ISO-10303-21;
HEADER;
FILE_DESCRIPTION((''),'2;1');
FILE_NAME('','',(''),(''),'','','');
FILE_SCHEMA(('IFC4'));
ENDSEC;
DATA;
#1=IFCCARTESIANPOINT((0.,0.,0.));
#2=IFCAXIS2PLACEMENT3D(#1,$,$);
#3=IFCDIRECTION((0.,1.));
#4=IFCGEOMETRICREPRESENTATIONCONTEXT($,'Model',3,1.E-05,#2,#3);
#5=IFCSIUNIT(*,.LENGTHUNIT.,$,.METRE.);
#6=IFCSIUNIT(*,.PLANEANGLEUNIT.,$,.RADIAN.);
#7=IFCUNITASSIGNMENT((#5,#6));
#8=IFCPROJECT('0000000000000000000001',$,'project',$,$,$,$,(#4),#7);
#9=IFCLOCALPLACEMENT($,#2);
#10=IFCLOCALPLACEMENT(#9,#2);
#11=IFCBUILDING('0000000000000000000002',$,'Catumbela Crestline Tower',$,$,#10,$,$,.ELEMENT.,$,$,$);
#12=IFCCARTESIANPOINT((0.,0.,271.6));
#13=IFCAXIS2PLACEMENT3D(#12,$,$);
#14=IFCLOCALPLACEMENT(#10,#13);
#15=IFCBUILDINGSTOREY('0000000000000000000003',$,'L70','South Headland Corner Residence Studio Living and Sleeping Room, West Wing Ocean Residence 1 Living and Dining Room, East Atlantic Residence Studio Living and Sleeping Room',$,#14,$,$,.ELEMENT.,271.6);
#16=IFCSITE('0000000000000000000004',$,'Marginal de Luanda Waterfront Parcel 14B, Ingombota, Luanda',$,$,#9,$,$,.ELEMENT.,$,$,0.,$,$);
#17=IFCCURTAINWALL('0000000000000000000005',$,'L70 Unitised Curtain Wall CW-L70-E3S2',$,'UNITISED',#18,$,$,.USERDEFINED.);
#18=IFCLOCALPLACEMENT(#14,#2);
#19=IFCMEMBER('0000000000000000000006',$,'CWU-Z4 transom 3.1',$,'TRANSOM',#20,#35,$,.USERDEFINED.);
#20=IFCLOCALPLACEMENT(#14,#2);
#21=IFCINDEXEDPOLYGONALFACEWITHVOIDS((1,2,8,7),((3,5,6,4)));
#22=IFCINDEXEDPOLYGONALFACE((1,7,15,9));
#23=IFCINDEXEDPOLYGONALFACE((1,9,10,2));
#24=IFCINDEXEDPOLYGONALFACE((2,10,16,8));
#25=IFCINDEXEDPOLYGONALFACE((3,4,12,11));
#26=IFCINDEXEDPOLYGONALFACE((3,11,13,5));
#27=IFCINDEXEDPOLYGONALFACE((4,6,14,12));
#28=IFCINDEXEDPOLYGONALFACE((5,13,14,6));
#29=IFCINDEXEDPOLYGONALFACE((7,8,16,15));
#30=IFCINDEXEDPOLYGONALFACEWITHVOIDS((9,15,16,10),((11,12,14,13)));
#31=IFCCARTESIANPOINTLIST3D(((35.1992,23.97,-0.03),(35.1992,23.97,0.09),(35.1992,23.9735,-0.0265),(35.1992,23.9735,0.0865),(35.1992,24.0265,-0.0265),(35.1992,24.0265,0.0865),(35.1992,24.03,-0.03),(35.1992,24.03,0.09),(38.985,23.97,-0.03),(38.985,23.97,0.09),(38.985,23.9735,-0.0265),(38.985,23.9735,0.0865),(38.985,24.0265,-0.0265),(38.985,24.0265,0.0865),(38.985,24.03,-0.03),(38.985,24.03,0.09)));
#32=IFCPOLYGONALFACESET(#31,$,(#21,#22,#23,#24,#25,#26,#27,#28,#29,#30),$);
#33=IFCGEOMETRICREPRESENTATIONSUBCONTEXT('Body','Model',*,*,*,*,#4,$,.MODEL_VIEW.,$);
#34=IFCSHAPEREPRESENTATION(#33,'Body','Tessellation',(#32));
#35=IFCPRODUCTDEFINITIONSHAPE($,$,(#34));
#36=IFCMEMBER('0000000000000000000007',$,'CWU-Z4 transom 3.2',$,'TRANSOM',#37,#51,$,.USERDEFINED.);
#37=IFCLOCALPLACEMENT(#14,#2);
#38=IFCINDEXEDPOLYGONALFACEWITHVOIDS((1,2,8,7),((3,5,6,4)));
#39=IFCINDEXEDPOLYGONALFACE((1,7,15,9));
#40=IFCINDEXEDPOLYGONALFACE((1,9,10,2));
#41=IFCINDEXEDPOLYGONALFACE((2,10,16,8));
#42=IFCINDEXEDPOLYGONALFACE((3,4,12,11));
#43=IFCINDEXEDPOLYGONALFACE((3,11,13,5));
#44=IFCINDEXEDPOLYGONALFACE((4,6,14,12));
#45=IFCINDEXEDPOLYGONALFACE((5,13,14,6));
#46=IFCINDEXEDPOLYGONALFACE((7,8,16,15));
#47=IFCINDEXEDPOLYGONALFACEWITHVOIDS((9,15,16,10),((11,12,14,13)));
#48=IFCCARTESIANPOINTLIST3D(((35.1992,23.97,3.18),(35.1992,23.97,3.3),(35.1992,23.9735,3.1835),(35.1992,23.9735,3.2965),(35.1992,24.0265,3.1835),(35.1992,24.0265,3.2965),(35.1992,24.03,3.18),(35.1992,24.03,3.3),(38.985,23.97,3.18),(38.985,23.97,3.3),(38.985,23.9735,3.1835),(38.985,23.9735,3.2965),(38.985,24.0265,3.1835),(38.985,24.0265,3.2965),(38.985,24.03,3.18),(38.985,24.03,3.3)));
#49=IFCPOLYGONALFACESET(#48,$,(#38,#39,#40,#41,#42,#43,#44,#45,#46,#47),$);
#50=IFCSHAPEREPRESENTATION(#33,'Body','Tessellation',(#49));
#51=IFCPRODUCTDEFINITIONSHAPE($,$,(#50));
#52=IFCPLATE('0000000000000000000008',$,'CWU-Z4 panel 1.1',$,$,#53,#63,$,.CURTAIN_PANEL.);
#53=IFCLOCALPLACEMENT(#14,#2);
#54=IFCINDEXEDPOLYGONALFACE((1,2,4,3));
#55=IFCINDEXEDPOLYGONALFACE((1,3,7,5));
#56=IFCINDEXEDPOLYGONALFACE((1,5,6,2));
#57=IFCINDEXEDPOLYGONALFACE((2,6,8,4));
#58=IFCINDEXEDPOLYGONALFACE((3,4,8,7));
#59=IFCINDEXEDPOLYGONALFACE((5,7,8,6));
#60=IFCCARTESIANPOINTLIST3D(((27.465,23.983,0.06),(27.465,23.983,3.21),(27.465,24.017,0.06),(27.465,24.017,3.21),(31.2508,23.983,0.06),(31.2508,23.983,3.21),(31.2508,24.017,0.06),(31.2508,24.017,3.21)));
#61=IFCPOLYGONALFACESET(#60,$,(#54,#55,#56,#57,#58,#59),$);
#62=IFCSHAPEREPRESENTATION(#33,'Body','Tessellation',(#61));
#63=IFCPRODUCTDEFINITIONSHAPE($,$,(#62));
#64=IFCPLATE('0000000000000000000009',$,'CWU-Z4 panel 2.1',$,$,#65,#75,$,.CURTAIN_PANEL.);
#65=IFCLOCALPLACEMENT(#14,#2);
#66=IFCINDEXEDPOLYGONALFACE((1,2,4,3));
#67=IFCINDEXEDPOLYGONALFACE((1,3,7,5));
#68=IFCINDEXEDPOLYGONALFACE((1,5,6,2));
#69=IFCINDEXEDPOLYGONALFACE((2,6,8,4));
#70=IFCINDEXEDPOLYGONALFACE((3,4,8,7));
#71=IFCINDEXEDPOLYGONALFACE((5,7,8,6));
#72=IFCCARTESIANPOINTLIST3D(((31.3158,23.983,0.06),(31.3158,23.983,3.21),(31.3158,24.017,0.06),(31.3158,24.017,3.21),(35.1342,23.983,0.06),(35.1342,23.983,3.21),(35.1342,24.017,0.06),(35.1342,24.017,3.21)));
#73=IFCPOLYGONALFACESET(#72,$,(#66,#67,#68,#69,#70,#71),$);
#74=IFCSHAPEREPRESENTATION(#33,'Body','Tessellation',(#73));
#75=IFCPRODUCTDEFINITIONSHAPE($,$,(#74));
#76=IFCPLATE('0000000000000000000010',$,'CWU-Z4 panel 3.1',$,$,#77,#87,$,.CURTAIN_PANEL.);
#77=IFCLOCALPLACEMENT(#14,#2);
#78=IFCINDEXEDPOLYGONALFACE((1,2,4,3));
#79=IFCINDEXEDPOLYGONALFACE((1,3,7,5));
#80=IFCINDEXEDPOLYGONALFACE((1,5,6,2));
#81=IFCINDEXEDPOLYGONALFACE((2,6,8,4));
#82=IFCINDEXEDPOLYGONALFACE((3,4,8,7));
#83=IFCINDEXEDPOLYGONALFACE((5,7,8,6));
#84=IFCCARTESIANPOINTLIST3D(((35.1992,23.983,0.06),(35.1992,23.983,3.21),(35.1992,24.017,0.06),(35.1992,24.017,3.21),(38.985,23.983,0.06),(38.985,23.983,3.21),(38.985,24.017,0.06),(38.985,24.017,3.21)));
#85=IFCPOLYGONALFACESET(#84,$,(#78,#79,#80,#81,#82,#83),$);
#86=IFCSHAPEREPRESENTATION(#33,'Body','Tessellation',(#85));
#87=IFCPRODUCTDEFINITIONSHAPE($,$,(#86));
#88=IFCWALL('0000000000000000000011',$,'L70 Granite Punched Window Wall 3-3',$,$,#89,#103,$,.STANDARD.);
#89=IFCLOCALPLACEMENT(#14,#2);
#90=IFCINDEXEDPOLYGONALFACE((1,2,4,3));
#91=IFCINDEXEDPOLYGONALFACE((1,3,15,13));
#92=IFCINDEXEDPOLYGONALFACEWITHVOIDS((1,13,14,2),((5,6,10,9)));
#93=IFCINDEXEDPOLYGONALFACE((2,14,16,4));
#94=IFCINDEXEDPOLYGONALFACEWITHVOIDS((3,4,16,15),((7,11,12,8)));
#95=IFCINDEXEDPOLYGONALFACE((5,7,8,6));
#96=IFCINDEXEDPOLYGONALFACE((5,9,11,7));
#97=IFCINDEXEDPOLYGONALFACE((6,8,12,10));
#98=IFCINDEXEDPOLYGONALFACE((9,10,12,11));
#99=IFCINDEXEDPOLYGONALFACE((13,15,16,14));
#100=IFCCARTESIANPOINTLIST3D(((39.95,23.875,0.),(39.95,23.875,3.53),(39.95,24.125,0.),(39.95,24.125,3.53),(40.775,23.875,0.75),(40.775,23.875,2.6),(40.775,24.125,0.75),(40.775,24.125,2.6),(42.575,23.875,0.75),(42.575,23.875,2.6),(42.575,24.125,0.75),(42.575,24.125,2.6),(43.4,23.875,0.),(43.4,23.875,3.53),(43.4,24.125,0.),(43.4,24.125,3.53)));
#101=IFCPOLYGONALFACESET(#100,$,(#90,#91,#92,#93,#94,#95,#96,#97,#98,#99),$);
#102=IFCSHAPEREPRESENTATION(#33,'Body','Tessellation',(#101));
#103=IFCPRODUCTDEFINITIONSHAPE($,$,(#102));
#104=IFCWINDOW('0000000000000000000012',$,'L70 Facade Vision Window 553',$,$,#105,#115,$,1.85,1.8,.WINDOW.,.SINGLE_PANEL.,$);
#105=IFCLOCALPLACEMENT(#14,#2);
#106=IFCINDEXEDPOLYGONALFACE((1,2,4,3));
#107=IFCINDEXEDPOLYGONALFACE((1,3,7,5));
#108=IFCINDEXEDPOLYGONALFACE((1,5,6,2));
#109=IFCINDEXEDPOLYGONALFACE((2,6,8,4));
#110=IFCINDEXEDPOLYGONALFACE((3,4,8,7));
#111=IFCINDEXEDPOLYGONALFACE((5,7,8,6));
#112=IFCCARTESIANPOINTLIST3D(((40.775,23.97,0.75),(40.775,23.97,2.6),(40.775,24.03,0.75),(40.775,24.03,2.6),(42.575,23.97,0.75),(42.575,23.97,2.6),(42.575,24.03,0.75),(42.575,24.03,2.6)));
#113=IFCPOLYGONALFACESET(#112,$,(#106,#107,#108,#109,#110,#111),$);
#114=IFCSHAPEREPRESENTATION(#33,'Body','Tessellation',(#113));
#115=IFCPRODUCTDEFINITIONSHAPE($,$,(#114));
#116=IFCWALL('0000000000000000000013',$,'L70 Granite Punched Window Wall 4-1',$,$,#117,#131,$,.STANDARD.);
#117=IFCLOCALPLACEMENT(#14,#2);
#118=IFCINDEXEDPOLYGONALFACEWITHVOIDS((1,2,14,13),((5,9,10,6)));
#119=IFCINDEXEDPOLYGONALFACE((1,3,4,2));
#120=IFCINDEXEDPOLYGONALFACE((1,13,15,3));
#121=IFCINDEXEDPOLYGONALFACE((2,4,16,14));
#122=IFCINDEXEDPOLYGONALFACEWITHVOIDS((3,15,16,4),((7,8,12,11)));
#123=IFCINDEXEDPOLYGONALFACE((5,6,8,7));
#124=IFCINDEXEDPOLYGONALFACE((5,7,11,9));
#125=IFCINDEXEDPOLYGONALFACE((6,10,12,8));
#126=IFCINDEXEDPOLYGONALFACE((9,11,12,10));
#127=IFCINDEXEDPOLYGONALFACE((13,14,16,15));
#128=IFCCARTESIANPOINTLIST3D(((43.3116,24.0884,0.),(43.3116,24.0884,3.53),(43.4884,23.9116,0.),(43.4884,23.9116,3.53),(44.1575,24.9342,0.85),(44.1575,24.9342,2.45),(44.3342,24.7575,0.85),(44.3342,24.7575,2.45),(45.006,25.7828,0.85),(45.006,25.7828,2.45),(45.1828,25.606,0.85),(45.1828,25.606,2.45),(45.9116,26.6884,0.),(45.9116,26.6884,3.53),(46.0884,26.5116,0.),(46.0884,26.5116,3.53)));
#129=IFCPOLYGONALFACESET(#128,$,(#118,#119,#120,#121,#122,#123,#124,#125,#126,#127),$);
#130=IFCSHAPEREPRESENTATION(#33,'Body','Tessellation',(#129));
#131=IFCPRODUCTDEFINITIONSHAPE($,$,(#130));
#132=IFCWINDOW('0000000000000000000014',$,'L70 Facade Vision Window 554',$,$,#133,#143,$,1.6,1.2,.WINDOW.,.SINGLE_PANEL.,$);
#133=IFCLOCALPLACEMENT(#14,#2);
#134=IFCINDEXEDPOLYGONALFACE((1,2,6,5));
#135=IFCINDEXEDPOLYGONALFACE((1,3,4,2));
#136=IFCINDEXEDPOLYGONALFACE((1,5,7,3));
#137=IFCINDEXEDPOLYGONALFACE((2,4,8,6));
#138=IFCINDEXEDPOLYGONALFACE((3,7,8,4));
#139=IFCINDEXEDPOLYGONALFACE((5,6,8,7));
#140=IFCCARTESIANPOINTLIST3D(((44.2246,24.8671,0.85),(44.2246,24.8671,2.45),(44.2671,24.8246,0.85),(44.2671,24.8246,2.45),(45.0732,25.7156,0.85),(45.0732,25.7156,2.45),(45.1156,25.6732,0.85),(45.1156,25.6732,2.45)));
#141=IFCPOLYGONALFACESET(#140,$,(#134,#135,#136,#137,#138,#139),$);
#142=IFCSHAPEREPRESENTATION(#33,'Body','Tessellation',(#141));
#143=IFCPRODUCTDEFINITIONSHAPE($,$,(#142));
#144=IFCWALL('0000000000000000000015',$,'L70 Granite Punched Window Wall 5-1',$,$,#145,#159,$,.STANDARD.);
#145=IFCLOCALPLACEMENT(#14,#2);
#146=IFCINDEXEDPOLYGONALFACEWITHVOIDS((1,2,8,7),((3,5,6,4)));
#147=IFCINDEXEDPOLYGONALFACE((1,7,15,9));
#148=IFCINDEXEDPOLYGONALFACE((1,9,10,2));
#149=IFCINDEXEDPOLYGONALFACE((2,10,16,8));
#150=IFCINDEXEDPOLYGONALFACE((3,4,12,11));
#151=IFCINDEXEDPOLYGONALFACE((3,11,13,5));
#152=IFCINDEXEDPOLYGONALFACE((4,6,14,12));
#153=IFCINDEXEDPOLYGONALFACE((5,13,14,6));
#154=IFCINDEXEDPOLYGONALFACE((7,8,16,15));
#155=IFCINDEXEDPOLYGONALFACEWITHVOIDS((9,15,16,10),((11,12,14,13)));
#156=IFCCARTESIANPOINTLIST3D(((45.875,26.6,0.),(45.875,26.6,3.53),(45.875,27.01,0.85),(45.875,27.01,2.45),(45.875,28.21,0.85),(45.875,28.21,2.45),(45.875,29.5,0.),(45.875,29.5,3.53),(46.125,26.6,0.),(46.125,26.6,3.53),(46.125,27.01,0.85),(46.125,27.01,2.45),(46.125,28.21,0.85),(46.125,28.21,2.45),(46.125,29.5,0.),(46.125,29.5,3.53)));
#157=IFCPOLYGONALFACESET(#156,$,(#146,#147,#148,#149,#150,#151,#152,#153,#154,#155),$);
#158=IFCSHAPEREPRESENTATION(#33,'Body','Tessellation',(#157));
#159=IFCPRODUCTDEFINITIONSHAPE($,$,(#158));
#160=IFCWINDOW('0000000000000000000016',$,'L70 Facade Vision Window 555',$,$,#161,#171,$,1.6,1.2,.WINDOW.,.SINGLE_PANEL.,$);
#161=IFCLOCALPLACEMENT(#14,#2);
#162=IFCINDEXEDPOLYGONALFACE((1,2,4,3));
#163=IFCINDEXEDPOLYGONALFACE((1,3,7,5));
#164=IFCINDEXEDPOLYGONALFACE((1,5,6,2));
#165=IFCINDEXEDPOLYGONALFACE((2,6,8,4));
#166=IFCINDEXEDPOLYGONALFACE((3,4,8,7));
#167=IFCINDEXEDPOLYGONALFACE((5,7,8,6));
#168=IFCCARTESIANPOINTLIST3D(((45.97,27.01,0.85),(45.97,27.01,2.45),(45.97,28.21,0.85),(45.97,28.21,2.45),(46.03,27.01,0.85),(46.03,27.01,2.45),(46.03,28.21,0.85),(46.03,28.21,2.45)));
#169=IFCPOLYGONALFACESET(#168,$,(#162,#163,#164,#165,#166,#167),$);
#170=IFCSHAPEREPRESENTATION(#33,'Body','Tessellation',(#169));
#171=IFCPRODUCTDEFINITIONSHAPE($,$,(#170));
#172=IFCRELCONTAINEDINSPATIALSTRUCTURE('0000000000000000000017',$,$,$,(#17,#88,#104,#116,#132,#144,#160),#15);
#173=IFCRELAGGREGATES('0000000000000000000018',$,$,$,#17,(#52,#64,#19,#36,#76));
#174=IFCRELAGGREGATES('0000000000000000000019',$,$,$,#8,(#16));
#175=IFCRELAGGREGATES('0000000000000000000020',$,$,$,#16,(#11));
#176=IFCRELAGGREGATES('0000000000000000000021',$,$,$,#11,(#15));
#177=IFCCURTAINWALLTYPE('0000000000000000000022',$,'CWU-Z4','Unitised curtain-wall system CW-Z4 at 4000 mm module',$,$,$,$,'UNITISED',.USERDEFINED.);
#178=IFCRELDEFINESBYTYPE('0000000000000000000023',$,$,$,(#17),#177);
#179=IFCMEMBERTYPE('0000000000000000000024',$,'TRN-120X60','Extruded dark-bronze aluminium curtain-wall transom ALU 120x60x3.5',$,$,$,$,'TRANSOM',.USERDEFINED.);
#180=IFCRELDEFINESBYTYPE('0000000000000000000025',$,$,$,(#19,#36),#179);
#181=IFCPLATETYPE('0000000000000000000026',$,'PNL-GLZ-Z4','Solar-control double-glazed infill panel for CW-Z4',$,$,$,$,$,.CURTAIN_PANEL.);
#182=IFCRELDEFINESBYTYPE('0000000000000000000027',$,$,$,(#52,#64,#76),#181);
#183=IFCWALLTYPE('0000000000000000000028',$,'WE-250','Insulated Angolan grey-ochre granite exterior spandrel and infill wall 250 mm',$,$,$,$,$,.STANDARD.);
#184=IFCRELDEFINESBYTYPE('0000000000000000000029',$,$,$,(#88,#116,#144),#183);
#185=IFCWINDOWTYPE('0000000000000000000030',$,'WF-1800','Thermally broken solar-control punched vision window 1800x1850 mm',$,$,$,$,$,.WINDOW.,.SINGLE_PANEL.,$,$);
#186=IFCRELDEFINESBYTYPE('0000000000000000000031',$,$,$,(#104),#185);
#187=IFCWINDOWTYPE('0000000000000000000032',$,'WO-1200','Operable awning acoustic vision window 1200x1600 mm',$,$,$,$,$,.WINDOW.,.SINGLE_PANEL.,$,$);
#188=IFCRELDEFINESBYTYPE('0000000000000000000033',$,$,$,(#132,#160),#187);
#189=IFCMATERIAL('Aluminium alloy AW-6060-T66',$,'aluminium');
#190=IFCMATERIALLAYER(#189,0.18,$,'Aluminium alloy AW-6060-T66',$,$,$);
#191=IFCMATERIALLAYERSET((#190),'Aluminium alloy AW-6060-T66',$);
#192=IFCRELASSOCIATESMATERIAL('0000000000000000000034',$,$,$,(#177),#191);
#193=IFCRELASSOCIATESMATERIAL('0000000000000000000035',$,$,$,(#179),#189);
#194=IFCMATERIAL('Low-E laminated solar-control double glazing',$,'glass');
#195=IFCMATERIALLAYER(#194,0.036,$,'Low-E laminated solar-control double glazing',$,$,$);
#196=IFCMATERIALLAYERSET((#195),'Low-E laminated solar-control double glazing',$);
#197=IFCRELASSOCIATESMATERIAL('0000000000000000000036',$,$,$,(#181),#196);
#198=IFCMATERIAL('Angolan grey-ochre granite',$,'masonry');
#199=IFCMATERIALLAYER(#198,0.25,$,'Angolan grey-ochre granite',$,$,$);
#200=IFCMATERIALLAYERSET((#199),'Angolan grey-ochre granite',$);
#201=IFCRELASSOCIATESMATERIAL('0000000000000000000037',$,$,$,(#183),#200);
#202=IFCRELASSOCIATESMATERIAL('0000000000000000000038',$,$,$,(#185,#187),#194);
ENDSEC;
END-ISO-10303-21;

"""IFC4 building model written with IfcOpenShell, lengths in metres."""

from ifc_helpers import new_model, si_unit, direction, frame, frame_2d, origin, origin_2d, place, context, subcontext, project, spatial, rectangle, hollow_rectangle, extrude, material, layer, layer_set, material_profile, profile_set, type_object, element, fill, aggregate, save


model = new_model("IFC4")

# Units and contexts
model_context = context("Model", 3, precision=1e-05, world=origin(), true_north=direction((0.0, 1.0)))
body_context = subcontext(model_context, "Body", "Model", "MODEL_VIEW")
ifc_project = project(units=[si_unit("LENGTHUNIT", "METRE"), si_unit("PLANEANGLEUNIT", "RADIAN")], contexts=[model_context])

# Site, building, storey
site_placement = place(None, origin())
site = spatial("IfcSite", under=ifc_project, at=site_placement, Name="Marginal de Luanda Waterfront Parcel 14B, Ingombota, Luanda", CompositionType="ELEMENT", RefElevation=0.0)
building_placement = place(site_placement, origin())
building = spatial("IfcBuilding", under=site, at=building_placement, Name="Catumbela Crestline Tower", CompositionType="ELEMENT")
storey_placement = place(building_placement, frame((0.0, 0.0, 271.6)))
storey = spatial("IfcBuildingStorey", under=building, at=storey_placement, Name="L70", Description="South Headland Corner Residence Studio Living and Sleeping Room, West Wing Ocean Residence 1 Living and Dining Room, East Atlantic Residence Studio Living and Sleeping Room", CompositionType="ELEMENT", Elevation=271.6)

# Curtain wall
ifc_material_1 = material(Name="Aluminium alloy AW-6060-T66", Category="aluminium")
ifc_layer_1 = layer(ifc_material_1, 0.18, Name="Aluminium alloy AW-6060-T66")
ifc_layer_set_1 = layer_set([ifc_layer_1], Name="Aluminium alloy AW-6060-T66")
curtain_wall_type = type_object("IfcCurtainWallType", Name="CWU-Z4", Description="Unitised curtain-wall system CW-Z4 at 4000 mm module", ElementType="UNITISED", PredefinedType="USERDEFINED", material=ifc_layer_set_1)
curtain_wall_placement = place(storey_placement, origin())
curtain_wall = element("IfcCurtainWall", 1, at=curtain_wall_placement, inside=storey, type_object=curtain_wall_type, Name="L70 Unitised Curtain Wall CW-L70-E3S2", ObjectType="UNITISED", PredefinedType="USERDEFINED")

# Members
ifc_material_profile_1 = material_profile(ifc_material_1, hollow_rectangle(XDim=0.06, YDim=0.12, WallThickness=0.0035, at=origin_2d()), Name="ALU 120x60x3.5")
ifc_profile_set_1 = profile_set([ifc_material_profile_1], Name="Aluminium alloy AW-6060-T66")
member_type_1 = type_object("IfcMemberType", Name="TRN-120X60", Description="Extruded dark-bronze aluminium curtain-wall transom ALU 120x60x3.5", ElementType="TRANSOM", PredefinedType="USERDEFINED", material=ifc_profile_set_1)
member_1_placement = place(storey_placement, frame((35.1992, 24.0, 0.03), z_axis=(1.0, 0.0, 0.0), x_axis=(0.0, 1.0, 0.0)))
member_1 = element("IfcMember", 2, at=member_1_placement, type_object=member_type_1, Name="CWU-Z4 transom 3.1", ObjectType="TRANSOM", PredefinedType="USERDEFINED", context=body_context, shape_type="SweptSolid", body=[
    extrude(hollow_rectangle(XDim=0.06, YDim=0.12, WallThickness=0.0035, at=origin_2d()), origin(), (0.0, 0.0, 1.0), 3.7858),
])
member_2_placement = place(storey_placement, frame((35.1992, 24.0, 3.24), z_axis=(1.0, 0.0, 0.0), x_axis=(0.0, 1.0, 0.0)))
member_2 = element("IfcMember", 3, at=member_2_placement, type_object=member_type_1, Name="CWU-Z4 transom 3.2", ObjectType="TRANSOM", PredefinedType="USERDEFINED", context=body_context, shape_type="SweptSolid", body=[
    extrude(hollow_rectangle(XDim=0.06, YDim=0.12, WallThickness=0.0035, at=origin_2d()), origin(), (0.0, 0.0, 1.0), 3.7858),
])

# Plates
ifc_material_2 = material(Name="Low-E laminated solar-control double glazing", Category="glass")
ifc_layer_2 = layer(ifc_material_2, 0.036, Name="Low-E laminated solar-control double glazing")
ifc_layer_set_2 = layer_set([ifc_layer_2], Name="Low-E laminated solar-control double glazing")
plate_type = type_object("IfcPlateType", Name="PNL-GLZ-Z4", Description="Solar-control double-glazed infill panel for CW-Z4", PredefinedType="CURTAIN_PANEL", material=ifc_layer_set_2)
plate_1_placement = place(storey_placement, frame((29.3579, 24.0, 0.06), z_axis=(0.0, 0.0, 1.0), x_axis=(1.0, 0.0, 0.0)))
plate_1 = element("IfcPlate", 4, at=plate_1_placement, type_object=plate_type, Name="CWU-Z4 panel 1.1", PredefinedType="CURTAIN_PANEL", context=body_context, shape_type="SweptSolid", body=[
    extrude(rectangle(XDim=3.7858, YDim=0.034, at=origin_2d()), origin(), (0.0, 0.0, 1.0), 3.15),
])
plate_2_placement = place(storey_placement, frame((33.225, 24.0, 0.06), z_axis=(0.0, 0.0, 1.0), x_axis=(1.0, 0.0, 0.0)))
plate_2 = element("IfcPlate", 5, at=plate_2_placement, type_object=plate_type, Name="CWU-Z4 panel 2.1", PredefinedType="CURTAIN_PANEL", context=body_context, shape_type="SweptSolid", body=[
    extrude(rectangle(XDim=3.8183, YDim=0.034, at=origin_2d()), origin(), (0.0, 0.0, 1.0), 3.15),
])
plate_3_placement = place(storey_placement, frame((37.0921, 24.0, 0.06), z_axis=(0.0, 0.0, 1.0), x_axis=(1.0, 0.0, 0.0)))
plate_3 = element("IfcPlate", 6, at=plate_3_placement, type_object=plate_type, Name="CWU-Z4 panel 3.1", PredefinedType="CURTAIN_PANEL", context=body_context, shape_type="SweptSolid", body=[
    extrude(rectangle(XDim=3.7858, YDim=0.034, at=origin_2d()), origin(), (0.0, 0.0, 1.0), 3.15),
])
aggregate(curtain_wall, [plate_1, plate_2, member_1, member_2, plate_3])

# Walls, openings, windows
ifc_material_3 = material(Name="Angolan grey-ochre granite", Category="masonry")
ifc_layer_3 = layer(ifc_material_3, 0.25, Name="Angolan grey-ochre granite")
ifc_layer_set_3 = layer_set([ifc_layer_3], Name="Angolan grey-ochre granite")
wall_type_1 = type_object("IfcWallType", Name="WE-250", Description="Insulated Angolan grey-ochre granite exterior spandrel and infill wall 250 mm", PredefinedType="STANDARD", material=ifc_layer_set_3)
wall_1_placement = place(storey_placement, frame((39.95, 24.0, 0.0), z_axis=(0.0, 0.0, 1.0), x_axis=(1.0, 0.0, 0.0)))
wall_1 = element("IfcWall", 7, at=wall_1_placement, inside=storey, type_object=wall_type_1, Name="L70 Granite Punched Window Wall 3-3", PredefinedType="STANDARD", context=body_context, shape_type="SweptSolid", body=[
    extrude(rectangle(XDim=3.45, YDim=0.25, at=frame_2d((1.725, 0.0))), origin(), (0.0, 0.0, 1.0), 3.53),
])
opening_1_placement = place(wall_1_placement, frame((0.825, 0.0, 0.75)))
opening_1 = element("IfcOpeningElement", 8, at=opening_1_placement, cuts=wall_1, PredefinedType="OPENING", context=body_context, shape_type="SweptSolid", body=[
    extrude(rectangle(XDim=1.8, YDim=1.85, at=frame_2d((0.9, 0.925))), frame((0.0, 0.135, 0.0), z_axis=(0.0, -1.0, 0.0), x_axis=(1.0, 0.0, 0.0)), (0.0, 0.0, 1.0), 0.27),
])
window_type_1 = type_object("IfcWindowType", Name="WF-1800", Description="Thermally broken solar-control punched vision window 1800x1850 mm", PartitioningType="SINGLE_PANEL", PredefinedType="WINDOW", material=ifc_material_2)
window_1_placement = place(opening_1_placement, origin())
window_1 = element("IfcWindow", 9, at=window_1_placement, inside=storey, type_object=window_type_1, Name="L70 Facade Vision Window 553", OverallHeight=1.85, OverallWidth=1.8, PartitioningType="SINGLE_PANEL", PredefinedType="WINDOW", context=body_context, shape_type="SweptSolid", body=[
    extrude(rectangle(XDim=1.8, YDim=1.85, at=frame_2d((0.9, 0.925))), frame((0.0, 0.03, 0.0), z_axis=(0.0, -1.0, 0.0), x_axis=(1.0, 0.0, 0.0)), (0.0, 0.0, 1.0), 0.06),
])
fill(opening_1, window_1)
wall_2_placement = place(storey_placement, frame((43.4, 24.0, 0.0), z_axis=(0.0, 0.0, 1.0), x_axis=(0.707107, 0.707107, 0.0)))
wall_2 = element("IfcWall", 10, at=wall_2_placement, inside=storey, type_object=wall_type_1, Name="L70 Granite Punched Window Wall 4-1", PredefinedType="STANDARD", context=body_context, shape_type="SweptSolid", body=[
    extrude(rectangle(XDim=3.677, YDim=0.25, at=frame_2d((1.8385, 0.0))), origin(), (0.0, 0.0, 1.0), 3.53),
])
opening_2_placement = place(wall_2_placement, frame((1.1962, 0.0, 0.85)))
opening_2 = element("IfcOpeningElement", 11, at=opening_2_placement, cuts=wall_2, PredefinedType="OPENING", context=body_context, shape_type="SweptSolid", body=[
    extrude(rectangle(XDim=1.2, YDim=1.6, at=frame_2d((0.6, 0.8))), frame((0.0, 0.135, 0.0), z_axis=(0.0, -1.0, 0.0), x_axis=(1.0, 0.0, 0.0)), (0.0, 0.0, 1.0), 0.27),
])
window_type_2 = type_object("IfcWindowType", Name="WO-1200", Description="Operable awning acoustic vision window 1200x1600 mm", PartitioningType="SINGLE_PANEL", PredefinedType="WINDOW", material=ifc_material_2)
window_2_placement = place(opening_2_placement, origin())
window_2 = element("IfcWindow", 12, at=window_2_placement, inside=storey, type_object=window_type_2, Name="L70 Facade Vision Window 554", OverallHeight=1.6, OverallWidth=1.2, PartitioningType="SINGLE_PANEL", PredefinedType="WINDOW", context=body_context, shape_type="SweptSolid", body=[
    extrude(rectangle(XDim=1.2, YDim=1.6, at=frame_2d((0.6, 0.8))), frame((0.0, 0.03, 0.0), z_axis=(0.0, -1.0, 0.0), x_axis=(1.0, 0.0, 0.0)), (0.0, 0.0, 1.0), 0.06),
])
fill(opening_2, window_2)
wall_3_placement = place(storey_placement, frame((46.0, 26.6, 0.0), z_axis=(0.0, 0.0, 1.0), x_axis=(0.0, 1.0, 0.0)))
wall_3 = element("IfcWall", 13, at=wall_3_placement, inside=storey, type_object=wall_type_1, Name="L70 Granite Punched Window Wall 5-1", PredefinedType="STANDARD", context=body_context, shape_type="SweptSolid", body=[
    extrude(rectangle(XDim=2.9, YDim=0.25, at=frame_2d((1.45, 0.0))), origin(), (0.0, 0.0, 1.0), 3.53),
])
opening_3_placement = place(wall_3_placement, frame((0.41, 0.0, 0.85)))
opening_3 = element("IfcOpeningElement", 14, at=opening_3_placement, cuts=wall_3, PredefinedType="OPENING", context=body_context, shape_type="SweptSolid", body=[
    extrude(rectangle(XDim=1.2, YDim=1.6, at=frame_2d((0.6, 0.8))), frame((0.0, 0.135, 0.0), z_axis=(0.0, -1.0, 0.0), x_axis=(1.0, 0.0, 0.0)), (0.0, 0.0, 1.0), 0.27),
])
window_3_placement = place(opening_3_placement, origin())
window_3 = element("IfcWindow", 15, at=window_3_placement, inside=storey, type_object=window_type_2, Name="L70 Facade Vision Window 555", OverallHeight=1.6, OverallWidth=1.2, PartitioningType="SINGLE_PANEL", PredefinedType="WINDOW", context=body_context, shape_type="SweptSolid", body=[
    extrude(rectangle(XDim=1.2, YDim=1.6, at=frame_2d((0.6, 0.8))), frame((0.0, 0.03, 0.0), z_axis=(0.0, -1.0, 0.0), x_axis=(1.0, 0.0, 0.0)), (0.0, 0.0, 1.0), 0.06),
])
fill(opening_3, window_3)

save(model, "model.ifc")
